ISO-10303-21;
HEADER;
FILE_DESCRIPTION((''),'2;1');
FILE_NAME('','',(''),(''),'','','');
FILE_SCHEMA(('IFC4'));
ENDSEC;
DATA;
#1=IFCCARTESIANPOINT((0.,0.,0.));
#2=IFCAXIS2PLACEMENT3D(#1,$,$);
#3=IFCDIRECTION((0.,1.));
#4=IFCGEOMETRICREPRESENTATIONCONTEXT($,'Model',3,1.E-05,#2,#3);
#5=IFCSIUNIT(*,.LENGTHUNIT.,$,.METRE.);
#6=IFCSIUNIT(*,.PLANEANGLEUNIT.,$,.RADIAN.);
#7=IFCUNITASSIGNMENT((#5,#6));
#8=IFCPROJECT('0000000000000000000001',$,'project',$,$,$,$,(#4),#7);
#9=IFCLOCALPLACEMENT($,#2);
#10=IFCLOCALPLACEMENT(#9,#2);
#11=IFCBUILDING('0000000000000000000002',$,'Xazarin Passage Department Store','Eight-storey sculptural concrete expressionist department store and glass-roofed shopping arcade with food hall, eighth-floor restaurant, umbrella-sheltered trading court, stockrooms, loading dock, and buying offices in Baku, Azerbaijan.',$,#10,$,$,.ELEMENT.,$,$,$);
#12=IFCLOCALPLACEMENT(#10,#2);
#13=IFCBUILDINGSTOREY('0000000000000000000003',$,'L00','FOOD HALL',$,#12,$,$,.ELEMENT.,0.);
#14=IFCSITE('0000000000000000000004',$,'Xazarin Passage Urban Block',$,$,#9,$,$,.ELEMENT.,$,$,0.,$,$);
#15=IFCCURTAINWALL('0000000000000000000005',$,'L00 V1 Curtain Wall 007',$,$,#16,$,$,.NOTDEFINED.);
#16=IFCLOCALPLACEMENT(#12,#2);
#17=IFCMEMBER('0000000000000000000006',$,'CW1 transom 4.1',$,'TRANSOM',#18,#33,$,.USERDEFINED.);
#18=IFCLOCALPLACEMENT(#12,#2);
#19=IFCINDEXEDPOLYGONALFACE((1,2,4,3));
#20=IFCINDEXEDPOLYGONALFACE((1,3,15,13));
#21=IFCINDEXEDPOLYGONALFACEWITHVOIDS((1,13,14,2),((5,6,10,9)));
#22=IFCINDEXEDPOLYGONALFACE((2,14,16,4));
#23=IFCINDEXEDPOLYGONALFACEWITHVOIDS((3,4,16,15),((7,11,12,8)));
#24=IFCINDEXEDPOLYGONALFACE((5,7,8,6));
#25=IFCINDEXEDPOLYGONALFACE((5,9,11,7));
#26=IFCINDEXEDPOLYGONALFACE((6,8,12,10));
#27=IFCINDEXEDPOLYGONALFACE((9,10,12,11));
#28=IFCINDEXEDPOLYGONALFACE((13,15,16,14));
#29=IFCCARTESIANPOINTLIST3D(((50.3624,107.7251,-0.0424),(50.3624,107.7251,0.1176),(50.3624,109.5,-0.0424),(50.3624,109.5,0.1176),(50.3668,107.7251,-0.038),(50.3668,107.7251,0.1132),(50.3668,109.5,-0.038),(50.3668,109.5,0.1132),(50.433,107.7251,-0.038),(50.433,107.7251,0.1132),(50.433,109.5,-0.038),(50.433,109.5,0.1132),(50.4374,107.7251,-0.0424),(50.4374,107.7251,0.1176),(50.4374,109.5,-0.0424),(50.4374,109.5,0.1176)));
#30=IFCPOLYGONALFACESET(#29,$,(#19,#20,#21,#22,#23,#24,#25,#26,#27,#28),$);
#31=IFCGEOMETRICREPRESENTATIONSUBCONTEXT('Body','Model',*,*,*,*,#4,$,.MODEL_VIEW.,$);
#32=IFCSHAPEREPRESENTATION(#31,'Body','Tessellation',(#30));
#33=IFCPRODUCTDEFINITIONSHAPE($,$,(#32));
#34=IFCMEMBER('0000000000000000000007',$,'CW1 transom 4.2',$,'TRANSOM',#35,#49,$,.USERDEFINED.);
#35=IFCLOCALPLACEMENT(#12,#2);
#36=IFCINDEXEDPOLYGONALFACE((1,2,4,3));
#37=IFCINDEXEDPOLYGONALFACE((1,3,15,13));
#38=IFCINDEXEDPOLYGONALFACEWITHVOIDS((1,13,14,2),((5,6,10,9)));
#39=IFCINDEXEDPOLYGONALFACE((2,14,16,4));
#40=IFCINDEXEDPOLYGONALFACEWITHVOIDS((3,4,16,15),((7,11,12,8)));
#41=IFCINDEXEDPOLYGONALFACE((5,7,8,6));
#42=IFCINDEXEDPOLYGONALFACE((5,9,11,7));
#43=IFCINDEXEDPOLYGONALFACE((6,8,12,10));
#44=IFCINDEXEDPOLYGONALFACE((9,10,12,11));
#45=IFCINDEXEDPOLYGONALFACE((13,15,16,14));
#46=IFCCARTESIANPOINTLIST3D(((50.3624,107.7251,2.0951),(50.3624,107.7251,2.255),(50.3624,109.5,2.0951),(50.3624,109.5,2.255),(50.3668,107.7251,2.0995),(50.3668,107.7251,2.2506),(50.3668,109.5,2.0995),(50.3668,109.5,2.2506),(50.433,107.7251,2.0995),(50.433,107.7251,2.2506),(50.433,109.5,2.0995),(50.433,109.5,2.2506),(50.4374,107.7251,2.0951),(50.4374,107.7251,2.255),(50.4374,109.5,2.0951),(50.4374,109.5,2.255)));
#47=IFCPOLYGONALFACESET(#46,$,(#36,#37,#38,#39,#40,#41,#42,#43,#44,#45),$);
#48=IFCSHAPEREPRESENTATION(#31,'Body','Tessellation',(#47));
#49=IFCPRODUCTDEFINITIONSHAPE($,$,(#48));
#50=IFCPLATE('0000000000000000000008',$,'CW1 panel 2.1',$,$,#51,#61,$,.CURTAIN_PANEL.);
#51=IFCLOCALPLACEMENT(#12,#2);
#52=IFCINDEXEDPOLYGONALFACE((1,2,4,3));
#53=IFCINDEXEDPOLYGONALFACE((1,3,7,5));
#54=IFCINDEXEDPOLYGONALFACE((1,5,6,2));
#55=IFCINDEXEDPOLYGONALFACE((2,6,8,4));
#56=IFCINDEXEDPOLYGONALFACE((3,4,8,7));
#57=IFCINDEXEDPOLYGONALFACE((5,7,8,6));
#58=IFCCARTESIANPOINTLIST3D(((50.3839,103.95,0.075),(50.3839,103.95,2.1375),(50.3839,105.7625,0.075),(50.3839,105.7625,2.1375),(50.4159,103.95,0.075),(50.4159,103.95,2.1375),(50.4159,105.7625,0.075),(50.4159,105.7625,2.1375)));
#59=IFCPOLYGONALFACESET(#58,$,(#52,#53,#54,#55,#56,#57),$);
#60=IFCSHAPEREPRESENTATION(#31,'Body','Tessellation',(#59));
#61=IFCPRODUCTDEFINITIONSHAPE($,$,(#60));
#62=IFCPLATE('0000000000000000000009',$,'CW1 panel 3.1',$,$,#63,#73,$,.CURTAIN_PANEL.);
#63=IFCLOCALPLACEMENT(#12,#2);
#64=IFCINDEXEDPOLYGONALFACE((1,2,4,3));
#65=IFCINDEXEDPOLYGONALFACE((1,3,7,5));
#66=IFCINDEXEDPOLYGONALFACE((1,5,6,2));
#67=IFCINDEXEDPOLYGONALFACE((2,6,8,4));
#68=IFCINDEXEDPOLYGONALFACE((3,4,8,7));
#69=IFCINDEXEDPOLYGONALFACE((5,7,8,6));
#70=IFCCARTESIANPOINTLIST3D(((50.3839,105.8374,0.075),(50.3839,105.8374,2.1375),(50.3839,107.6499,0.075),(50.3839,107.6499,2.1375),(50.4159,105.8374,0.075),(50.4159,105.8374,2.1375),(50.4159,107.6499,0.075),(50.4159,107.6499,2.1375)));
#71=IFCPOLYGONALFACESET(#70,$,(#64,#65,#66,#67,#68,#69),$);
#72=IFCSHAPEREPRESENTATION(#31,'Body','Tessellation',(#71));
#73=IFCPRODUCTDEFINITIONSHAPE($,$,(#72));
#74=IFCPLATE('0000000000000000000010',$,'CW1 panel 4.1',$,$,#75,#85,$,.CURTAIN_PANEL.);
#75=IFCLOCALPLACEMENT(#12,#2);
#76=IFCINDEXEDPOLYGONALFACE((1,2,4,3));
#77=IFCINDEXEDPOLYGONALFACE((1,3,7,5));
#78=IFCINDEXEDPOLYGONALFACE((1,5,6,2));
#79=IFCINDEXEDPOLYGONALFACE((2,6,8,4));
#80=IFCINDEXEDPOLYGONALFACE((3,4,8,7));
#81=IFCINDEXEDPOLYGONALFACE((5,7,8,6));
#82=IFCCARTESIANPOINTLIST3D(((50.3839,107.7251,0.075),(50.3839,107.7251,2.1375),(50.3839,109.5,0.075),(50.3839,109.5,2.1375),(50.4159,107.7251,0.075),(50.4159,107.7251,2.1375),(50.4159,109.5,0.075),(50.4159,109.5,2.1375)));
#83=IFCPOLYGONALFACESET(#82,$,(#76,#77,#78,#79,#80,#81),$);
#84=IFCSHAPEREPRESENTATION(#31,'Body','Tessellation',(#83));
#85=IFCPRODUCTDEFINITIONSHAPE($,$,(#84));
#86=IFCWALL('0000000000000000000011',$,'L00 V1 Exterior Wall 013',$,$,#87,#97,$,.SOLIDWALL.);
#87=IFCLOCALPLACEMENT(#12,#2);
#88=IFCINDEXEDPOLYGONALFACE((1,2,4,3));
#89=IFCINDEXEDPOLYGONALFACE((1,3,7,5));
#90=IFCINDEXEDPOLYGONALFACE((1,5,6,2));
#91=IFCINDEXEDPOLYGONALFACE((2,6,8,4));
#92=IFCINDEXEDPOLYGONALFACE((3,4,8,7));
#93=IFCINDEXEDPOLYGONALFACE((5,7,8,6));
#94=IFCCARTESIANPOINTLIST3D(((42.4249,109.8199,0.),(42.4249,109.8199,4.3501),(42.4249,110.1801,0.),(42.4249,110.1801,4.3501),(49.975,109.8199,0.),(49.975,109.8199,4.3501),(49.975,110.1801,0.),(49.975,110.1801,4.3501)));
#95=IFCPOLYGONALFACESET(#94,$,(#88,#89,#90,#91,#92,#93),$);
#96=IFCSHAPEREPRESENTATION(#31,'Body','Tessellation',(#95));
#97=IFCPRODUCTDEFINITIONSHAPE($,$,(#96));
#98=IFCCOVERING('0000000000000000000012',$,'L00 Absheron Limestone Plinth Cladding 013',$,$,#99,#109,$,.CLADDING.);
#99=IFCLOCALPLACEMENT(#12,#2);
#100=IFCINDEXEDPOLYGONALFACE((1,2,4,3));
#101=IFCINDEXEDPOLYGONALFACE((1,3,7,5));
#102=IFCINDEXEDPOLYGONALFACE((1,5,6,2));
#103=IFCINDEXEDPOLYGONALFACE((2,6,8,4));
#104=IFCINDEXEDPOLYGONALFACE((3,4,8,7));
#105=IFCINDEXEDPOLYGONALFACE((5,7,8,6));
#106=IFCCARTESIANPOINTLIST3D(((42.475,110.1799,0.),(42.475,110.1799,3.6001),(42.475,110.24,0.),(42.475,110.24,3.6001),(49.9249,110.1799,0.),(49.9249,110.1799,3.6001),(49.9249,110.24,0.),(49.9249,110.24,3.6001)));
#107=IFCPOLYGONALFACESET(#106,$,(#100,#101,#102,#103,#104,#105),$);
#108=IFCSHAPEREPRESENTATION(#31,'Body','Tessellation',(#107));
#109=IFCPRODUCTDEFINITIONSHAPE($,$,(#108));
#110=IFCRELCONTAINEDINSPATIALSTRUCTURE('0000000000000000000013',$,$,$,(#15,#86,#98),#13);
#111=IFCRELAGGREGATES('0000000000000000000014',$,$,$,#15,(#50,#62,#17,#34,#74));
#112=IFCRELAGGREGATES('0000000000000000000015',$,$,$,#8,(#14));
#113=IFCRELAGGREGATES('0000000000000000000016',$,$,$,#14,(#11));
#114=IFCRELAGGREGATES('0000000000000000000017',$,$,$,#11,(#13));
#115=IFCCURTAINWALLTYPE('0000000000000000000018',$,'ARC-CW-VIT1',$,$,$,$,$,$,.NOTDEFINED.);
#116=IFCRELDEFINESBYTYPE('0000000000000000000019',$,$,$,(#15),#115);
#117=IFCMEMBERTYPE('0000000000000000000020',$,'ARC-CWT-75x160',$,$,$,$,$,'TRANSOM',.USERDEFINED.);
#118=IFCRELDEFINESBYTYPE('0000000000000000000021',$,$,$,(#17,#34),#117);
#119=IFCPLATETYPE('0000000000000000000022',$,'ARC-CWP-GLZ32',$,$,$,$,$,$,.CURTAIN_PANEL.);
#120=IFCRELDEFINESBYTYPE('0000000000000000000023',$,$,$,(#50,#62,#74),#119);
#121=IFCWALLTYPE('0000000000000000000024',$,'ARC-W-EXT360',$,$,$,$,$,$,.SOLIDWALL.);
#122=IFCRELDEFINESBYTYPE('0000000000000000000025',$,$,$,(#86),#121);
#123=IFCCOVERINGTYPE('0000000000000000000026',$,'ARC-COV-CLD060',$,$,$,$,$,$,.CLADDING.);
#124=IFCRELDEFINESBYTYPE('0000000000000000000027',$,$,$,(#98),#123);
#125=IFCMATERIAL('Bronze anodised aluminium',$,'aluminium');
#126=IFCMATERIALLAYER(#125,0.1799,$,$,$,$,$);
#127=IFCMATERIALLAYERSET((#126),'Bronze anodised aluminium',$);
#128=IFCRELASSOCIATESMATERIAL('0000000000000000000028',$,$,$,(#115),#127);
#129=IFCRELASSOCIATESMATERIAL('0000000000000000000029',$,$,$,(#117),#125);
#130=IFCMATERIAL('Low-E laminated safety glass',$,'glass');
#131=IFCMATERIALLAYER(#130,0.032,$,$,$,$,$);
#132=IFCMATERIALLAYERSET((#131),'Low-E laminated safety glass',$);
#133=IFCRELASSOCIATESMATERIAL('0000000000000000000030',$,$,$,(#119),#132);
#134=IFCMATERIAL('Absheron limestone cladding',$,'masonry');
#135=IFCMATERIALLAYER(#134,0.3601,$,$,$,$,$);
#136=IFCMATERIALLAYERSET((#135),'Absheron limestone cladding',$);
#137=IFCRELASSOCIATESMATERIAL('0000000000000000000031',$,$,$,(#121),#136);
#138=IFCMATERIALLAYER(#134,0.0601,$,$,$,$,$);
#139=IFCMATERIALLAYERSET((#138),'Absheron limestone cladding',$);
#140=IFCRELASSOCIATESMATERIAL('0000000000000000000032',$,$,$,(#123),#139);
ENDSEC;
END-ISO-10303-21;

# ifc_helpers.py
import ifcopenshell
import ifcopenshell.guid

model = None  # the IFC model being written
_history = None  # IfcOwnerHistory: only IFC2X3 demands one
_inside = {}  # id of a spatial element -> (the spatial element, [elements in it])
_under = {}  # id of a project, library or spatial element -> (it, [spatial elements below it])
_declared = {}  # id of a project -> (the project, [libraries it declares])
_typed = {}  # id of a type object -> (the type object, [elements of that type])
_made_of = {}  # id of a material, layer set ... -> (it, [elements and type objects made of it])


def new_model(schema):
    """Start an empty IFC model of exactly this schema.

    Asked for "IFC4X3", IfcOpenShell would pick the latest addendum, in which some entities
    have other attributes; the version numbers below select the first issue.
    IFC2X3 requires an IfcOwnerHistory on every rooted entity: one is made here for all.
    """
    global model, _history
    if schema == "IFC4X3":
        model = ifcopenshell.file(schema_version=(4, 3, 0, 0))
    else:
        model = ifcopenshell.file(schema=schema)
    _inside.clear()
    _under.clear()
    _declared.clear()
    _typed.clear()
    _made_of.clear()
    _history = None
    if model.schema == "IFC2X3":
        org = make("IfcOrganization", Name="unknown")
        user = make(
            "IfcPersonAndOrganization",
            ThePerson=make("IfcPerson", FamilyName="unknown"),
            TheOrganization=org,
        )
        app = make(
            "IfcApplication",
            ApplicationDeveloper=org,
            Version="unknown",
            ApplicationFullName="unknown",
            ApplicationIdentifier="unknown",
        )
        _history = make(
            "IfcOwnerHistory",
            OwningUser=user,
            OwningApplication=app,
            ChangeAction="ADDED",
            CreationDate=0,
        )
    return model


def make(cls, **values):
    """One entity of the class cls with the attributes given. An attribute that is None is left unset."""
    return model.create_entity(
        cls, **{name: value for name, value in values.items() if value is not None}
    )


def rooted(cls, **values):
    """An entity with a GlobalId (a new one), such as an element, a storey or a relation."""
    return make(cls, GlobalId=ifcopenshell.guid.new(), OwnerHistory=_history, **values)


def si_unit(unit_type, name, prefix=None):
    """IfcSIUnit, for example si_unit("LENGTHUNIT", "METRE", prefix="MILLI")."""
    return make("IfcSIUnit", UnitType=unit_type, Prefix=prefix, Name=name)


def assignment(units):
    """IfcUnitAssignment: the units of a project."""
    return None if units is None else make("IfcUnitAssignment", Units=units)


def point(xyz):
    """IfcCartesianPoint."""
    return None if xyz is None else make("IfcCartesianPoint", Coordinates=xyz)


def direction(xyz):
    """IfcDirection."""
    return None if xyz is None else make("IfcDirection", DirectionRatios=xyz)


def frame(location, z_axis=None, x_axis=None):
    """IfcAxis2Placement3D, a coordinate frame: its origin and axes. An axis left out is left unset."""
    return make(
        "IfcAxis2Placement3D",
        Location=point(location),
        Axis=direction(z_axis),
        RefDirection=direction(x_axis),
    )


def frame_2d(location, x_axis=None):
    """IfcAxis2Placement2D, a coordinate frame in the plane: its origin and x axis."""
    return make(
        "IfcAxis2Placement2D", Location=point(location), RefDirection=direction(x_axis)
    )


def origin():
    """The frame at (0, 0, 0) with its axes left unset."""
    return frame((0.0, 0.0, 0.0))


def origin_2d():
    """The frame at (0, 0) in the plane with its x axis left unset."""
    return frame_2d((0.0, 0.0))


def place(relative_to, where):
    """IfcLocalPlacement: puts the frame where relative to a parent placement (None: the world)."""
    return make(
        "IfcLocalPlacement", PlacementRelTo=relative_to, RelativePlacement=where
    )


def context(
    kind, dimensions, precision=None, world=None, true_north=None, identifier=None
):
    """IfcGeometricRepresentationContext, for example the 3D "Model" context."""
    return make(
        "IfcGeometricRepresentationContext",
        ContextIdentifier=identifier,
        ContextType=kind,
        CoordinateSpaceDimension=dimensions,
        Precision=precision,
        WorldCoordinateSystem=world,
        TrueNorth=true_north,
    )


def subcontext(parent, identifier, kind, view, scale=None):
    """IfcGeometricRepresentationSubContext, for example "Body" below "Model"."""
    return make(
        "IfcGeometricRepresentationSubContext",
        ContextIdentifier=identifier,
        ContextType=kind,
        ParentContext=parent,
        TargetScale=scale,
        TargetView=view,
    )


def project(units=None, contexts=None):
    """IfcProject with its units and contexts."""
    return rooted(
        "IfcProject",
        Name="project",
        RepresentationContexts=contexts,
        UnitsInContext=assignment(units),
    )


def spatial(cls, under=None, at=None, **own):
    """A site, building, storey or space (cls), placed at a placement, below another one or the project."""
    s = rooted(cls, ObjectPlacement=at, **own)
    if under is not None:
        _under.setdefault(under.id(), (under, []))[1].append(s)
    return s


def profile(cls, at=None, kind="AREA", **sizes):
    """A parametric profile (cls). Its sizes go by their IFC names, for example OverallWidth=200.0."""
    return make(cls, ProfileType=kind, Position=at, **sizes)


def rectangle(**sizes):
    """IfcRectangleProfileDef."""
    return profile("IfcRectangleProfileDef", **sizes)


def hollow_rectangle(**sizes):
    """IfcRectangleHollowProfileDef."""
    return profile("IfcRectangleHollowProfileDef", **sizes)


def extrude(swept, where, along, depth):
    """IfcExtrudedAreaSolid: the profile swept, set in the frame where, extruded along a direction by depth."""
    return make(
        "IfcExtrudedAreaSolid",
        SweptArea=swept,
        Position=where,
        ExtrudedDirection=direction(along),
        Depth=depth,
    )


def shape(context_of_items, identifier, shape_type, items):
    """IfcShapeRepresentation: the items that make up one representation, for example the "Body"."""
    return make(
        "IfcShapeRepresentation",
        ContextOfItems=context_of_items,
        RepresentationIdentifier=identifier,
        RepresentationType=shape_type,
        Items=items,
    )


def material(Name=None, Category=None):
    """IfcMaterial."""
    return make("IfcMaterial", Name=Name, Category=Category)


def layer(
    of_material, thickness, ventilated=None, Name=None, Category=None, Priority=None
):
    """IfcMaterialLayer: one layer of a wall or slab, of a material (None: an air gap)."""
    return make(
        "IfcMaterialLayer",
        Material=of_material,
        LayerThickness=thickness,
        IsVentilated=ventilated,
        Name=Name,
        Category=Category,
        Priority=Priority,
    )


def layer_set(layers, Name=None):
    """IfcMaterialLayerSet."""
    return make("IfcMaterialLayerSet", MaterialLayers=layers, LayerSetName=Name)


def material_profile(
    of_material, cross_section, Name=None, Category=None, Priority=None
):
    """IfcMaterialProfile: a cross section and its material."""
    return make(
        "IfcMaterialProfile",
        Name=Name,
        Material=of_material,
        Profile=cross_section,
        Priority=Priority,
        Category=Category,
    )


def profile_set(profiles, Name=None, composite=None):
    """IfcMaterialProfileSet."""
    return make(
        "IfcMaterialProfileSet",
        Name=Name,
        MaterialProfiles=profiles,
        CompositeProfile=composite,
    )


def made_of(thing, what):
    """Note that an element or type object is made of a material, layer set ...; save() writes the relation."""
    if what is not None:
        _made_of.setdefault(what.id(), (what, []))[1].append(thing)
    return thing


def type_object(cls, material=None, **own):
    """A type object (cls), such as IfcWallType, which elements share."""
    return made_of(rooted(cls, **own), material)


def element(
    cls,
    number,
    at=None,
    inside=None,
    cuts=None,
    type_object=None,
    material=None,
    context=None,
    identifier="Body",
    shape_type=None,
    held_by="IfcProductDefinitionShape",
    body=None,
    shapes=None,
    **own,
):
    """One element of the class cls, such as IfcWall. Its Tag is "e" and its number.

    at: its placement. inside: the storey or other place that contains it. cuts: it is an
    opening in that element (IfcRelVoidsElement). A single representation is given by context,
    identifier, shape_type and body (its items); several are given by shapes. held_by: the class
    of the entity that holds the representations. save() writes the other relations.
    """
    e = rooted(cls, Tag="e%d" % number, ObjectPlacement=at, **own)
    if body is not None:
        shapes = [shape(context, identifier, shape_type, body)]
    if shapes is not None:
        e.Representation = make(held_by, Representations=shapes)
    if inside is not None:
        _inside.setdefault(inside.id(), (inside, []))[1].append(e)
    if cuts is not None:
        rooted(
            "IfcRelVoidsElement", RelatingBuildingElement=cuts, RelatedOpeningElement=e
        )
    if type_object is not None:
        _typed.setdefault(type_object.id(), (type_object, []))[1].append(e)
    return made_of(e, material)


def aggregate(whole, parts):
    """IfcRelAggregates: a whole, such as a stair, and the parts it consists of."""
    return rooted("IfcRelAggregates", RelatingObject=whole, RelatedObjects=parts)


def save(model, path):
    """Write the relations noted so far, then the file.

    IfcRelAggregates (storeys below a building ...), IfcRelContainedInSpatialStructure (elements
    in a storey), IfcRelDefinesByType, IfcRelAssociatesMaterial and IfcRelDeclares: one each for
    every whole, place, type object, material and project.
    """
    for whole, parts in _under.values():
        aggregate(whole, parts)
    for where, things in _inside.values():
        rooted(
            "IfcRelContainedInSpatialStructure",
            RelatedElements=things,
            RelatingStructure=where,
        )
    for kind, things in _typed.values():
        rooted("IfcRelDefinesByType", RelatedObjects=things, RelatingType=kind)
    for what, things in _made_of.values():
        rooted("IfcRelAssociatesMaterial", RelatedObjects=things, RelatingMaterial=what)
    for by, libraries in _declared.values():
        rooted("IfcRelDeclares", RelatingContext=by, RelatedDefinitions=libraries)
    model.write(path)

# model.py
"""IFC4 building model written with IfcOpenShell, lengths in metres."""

from ifc_helpers import new_model, si_unit, direction, frame, frame_2d, origin, origin_2d, place, context, subcontext, project, spatial, rectangle, hollow_rectangle, extrude, material, layer, layer_set, material_profile, profile_set, type_object, element, aggregate, save


model = new_model("IFC4")

# Units and contexts
model_context = context("Model", 3, precision=1e-05, world=origin(), true_north=direction((0.0, 1.0)))
body_context = subcontext(model_context, "Body", "Model", "MODEL_VIEW")
ifc_project = project(units=[si_unit("LENGTHUNIT", "METRE"), si_unit("PLANEANGLEUNIT", "RADIAN")], contexts=[model_context])

# Site, building, storey
site_placement = place(None, origin())
site = spatial("IfcSite", under=ifc_project, at=site_placement, Name="Xazarin Passage Urban Block", CompositionType="ELEMENT", RefElevation=0.0)
building_placement = place(site_placement, origin())
building = spatial("IfcBuilding", under=site, at=building_placement, Name="Xazarin Passage Department Store", Description="Eight-storey sculptural concrete expressionist department store and glass-roofed shopping arcade with food hall, eighth-floor restaurant, umbrella-sheltered trading court, stockrooms, loading dock, and buying offices in Baku, Azerbaijan.", CompositionType="ELEMENT")
storey_placement = place(building_placement, origin())
storey = spatial("IfcBuildingStorey", under=building, at=storey_placement, Name="L00", Description="FOOD HALL", CompositionType="ELEMENT", Elevation=0.0)

# Curtain wall, members, plates
ifc_material_1 = material(Name="Bronze anodised aluminium", Category="aluminium")
ifc_layer_1 = layer(ifc_material_1, 0.1799)
ifc_layer_set_1 = layer_set([ifc_layer_1], Name="Bronze anodised aluminium")
curtain_wall_type = type_object("IfcCurtainWallType", Name="ARC-CW-VIT1", PredefinedType="NOTDEFINED", material=ifc_layer_set_1)
curtain_wall_placement = place(storey_placement, origin())
curtain_wall = element("IfcCurtainWall", 1, at=curtain_wall_placement, inside=storey, type_object=curtain_wall_type, Name="L00 V1 Curtain Wall 007", PredefinedType="NOTDEFINED")
ifc_material_profile_1 = material_profile(ifc_material_1, hollow_rectangle(XDim=0.075, YDim=0.1599, WallThickness=0.0044, at=origin_2d()), Name="ALU 75x160")
ifc_profile_set_1 = profile_set([ifc_material_profile_1], Name="Bronze anodised aluminium")
member_type_1 = type_object("IfcMemberType", Name="ARC-CWT-75x160", ElementType="TRANSOM", PredefinedType="USERDEFINED", material=ifc_profile_set_1)
member_1_placement = place(storey_placement, frame((50.3999, 107.7251, 0.0376), z_axis=(0.0, 1.0, 0.0), x_axis=(-1.0, 0.0, 0.0)))
member_1 = element("IfcMember", 2, at=member_1_placement, type_object=member_type_1, Name="CW1 transom 4.1", ObjectType="TRANSOM", PredefinedType="USERDEFINED", context=body_context, shape_type="SweptSolid", body=[
    extrude(hollow_rectangle(XDim=0.075, YDim=0.1599, WallThickness=0.0044, at=origin_2d()), origin(), (0.0, 0.0, 1.0), 1.7749),
])
member_2_placement = place(storey_placement, frame((50.3999, 107.7251, 2.175), z_axis=(0.0, 1.0, 0.0), x_axis=(-1.0, 0.0, 0.0)))
member_2 = element("IfcMember", 3, at=member_2_placement, type_object=member_type_1, Name="CW1 transom 4.2", ObjectType="TRANSOM", PredefinedType="USERDEFINED", context=body_context, shape_type="SweptSolid", body=[
    extrude(hollow_rectangle(XDim=0.075, YDim=0.1599, WallThickness=0.0044, at=origin_2d()), origin(), (0.0, 0.0, 1.0), 1.7749),
])
ifc_material_2 = material(Name="Low-E laminated safety glass", Category="glass")
ifc_layer_2 = layer(ifc_material_2, 0.032)
ifc_layer_set_2 = layer_set([ifc_layer_2], Name="Low-E laminated safety glass")
plate_type = type_object("IfcPlateType", Name="ARC-CWP-GLZ32", PredefinedType="CURTAIN_PANEL", material=ifc_layer_set_2)
plate_1_placement = place(storey_placement, frame((50.3999, 104.8562, 0.075), z_axis=(0.0, 0.0, 1.0), x_axis=(0.0, 1.0, 0.0)))
plate_1 = element("IfcPlate", 4, at=plate_1_placement, type_object=plate_type, Name="CW1 panel 2.1", PredefinedType="CURTAIN_PANEL", context=body_context, shape_type="SweptSolid", body=[
    extrude(rectangle(XDim=1.8125, YDim=0.032, at=origin_2d()), origin(), (0.0, 0.0, 1.0), 2.0625),
])
plate_2_placement = place(storey_placement, frame((50.3999, 106.7437, 0.075), z_axis=(0.0, 0.0, 1.0), x_axis=(0.0, 1.0, 0.0)))
plate_2 = element("IfcPlate", 5, at=plate_2_placement, type_object=plate_type, Name="CW1 panel 3.1", PredefinedType="CURTAIN_PANEL", context=body_context, shape_type="SweptSolid", body=[
    extrude(rectangle(XDim=1.8125, YDim=0.032, at=origin_2d()), origin(), (0.0, 0.0, 1.0), 2.0625),
])
plate_3_placement = place(storey_placement, frame((50.3999, 108.6125, 0.075), z_axis=(0.0, 0.0, 1.0), x_axis=(0.0, 1.0, 0.0)))
plate_3 = element("IfcPlate", 6, at=plate_3_placement, type_object=plate_type, Name="CW1 panel 4.1", PredefinedType="CURTAIN_PANEL", context=body_context, shape_type="SweptSolid", body=[
    extrude(rectangle(XDim=1.7749, YDim=0.032, at=origin_2d()), origin(), (0.0, 0.0, 1.0), 2.0625),
])
aggregate(curtain_wall, [plate_1, plate_2, member_1, member_2, plate_3])

# Wall
ifc_material_3 = material(Name="Absheron limestone cladding", Category="masonry")
ifc_layer_3 = layer(ifc_material_3, 0.3601)
ifc_layer_set_3 = layer_set([ifc_layer_3], Name="Absheron limestone cladding")
wall_type = type_object("IfcWallType", Name="ARC-W-EXT360", PredefinedType="SOLIDWALL", material=ifc_layer_set_3)
wall_placement = place(storey_placement, frame((42.425, 110.0, 0.0), z_axis=(0.0, 0.0, 1.0), x_axis=(1.0, 0.0, 0.0)))
element("IfcWall", 7, at=wall_placement, inside=storey, type_object=wall_type, Name="L00 V1 Exterior Wall 013", PredefinedType="SOLIDWALL", context=body_context, shape_type="SweptSolid", body=[
    extrude(rectangle(XDim=7.55, YDim=0.3601, at=frame_2d((3.7749, 0.0))), origin(), (0.0, 0.0, 1.0), 4.3501),
])

# Covering
ifc_layer_4 = layer(ifc_material_3, 0.0601)
ifc_layer_set_4 = layer_set([ifc_layer_4], Name="Absheron limestone cladding")
covering_type = type_object("IfcCoveringType", Name="ARC-COV-CLD060", PredefinedType="CLADDING", material=ifc_layer_set_4)
covering_placement = place(storey_placement, frame((46.2, 110.21, 0.0), z_axis=(0.0, 0.0, 1.0), x_axis=(1.0, 0.0, 0.0)))
element("IfcCovering", 8, at=covering_placement, inside=storey, type_object=covering_type, Name="L00 Absheron Limestone Plinth Cladding 013", PredefinedType="CLADDING", context=body_context, shape_type="SweptSolid", body=[
    extrude(rectangle(XDim=7.45, YDim=0.0601, at=origin_2d()), origin(), (0.0, 0.0, 1.0), 3.6001),
])

save(model, "model.ifc")
